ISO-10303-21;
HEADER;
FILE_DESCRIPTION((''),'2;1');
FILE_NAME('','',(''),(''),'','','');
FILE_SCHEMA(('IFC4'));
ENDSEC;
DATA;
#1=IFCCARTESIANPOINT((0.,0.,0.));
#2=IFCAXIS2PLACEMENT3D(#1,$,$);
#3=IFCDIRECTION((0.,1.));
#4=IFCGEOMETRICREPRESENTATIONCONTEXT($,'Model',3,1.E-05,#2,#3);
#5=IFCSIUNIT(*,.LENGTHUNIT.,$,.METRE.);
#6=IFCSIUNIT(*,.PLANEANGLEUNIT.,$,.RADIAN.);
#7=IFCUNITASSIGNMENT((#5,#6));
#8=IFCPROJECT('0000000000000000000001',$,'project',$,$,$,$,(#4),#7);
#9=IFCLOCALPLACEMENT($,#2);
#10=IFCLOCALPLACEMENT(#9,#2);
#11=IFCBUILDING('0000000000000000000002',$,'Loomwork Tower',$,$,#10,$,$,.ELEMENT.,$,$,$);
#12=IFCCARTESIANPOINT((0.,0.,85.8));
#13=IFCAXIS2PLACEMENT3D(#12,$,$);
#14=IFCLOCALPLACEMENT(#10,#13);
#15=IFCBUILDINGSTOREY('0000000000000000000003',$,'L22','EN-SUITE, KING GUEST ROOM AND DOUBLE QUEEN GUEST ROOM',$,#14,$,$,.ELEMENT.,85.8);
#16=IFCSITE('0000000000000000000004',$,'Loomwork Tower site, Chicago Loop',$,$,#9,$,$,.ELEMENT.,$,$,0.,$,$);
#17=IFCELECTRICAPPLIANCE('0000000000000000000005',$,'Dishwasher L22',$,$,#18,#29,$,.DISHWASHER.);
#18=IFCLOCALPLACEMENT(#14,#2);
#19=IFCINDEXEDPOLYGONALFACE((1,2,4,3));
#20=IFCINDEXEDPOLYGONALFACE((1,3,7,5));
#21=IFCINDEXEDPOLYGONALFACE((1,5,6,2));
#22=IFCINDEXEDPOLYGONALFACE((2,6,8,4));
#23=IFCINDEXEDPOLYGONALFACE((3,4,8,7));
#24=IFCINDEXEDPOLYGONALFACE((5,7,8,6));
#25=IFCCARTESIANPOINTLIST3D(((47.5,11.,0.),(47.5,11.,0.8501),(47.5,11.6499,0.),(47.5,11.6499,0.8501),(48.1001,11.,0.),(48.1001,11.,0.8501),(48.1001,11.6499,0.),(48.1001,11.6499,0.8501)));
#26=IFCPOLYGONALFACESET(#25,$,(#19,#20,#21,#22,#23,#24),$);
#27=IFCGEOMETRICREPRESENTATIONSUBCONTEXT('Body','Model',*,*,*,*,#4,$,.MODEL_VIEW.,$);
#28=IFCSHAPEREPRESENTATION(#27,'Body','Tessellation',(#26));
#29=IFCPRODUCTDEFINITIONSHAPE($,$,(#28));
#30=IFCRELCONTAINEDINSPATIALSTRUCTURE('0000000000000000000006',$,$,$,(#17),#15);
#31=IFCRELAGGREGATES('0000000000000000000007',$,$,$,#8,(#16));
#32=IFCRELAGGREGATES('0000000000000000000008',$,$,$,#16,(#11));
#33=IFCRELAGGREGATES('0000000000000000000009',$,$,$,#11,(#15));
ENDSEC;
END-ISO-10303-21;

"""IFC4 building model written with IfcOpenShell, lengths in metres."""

from ifc_helpers import new_model, si_unit, direction, frame, origin, origin_2d, place, context, subcontext, project, spatial, rectangle, extrude, element, save


model = new_model("IFC4")

# Units and contexts
model_context = context("Model", 3, precision=1e-05, world=origin(), true_north=direction((0.0, 1.0)))
body_context = subcontext(model_context, "Body", "Model", "MODEL_VIEW")
ifc_project = project(units=[si_unit("LENGTHUNIT", "METRE"), si_unit("PLANEANGLEUNIT", "RADIAN")], contexts=[model_context])

# Site, building, storey
site_placement = place(None, origin())
site = spatial("IfcSite", under=ifc_project, at=site_placement, Name="Loomwork Tower site, Chicago Loop", CompositionType="ELEMENT", RefElevation=0.0)
building_placement = place(site_placement, origin())
building = spatial("IfcBuilding", under=site, at=building_placement, Name="Loomwork Tower", CompositionType="ELEMENT")
storey_placement = place(building_placement, frame((0.0, 0.0, 85.8)))
storey = spatial("IfcBuildingStorey", under=building, at=storey_placement, Name="L22", Description="EN-SUITE, KING GUEST ROOM AND DOUBLE QUEEN GUEST ROOM", CompositionType="ELEMENT", Elevation=85.8)

# Electric appliance
electric_appliance_1_placement = place(storey_placement, frame((47.8, 11.325, 0.0), z_axis=(0.0, 0.0, 1.0), x_axis=(1.0, 0.0, 0.0)))
element("IfcElectricAppliance", 1, at=electric_appliance_1_placement, inside=storey, Name="Dishwasher L22", PredefinedType="DISHWASHER", context=body_context, shape_type="SweptSolid", body=[
    extrude(rectangle(XDim=0.6001, YDim=0.6499, at=origin_2d()), origin(), (0.0, 0.0, 1.0), 0.8501),
])

save(model, "model.ifc")
